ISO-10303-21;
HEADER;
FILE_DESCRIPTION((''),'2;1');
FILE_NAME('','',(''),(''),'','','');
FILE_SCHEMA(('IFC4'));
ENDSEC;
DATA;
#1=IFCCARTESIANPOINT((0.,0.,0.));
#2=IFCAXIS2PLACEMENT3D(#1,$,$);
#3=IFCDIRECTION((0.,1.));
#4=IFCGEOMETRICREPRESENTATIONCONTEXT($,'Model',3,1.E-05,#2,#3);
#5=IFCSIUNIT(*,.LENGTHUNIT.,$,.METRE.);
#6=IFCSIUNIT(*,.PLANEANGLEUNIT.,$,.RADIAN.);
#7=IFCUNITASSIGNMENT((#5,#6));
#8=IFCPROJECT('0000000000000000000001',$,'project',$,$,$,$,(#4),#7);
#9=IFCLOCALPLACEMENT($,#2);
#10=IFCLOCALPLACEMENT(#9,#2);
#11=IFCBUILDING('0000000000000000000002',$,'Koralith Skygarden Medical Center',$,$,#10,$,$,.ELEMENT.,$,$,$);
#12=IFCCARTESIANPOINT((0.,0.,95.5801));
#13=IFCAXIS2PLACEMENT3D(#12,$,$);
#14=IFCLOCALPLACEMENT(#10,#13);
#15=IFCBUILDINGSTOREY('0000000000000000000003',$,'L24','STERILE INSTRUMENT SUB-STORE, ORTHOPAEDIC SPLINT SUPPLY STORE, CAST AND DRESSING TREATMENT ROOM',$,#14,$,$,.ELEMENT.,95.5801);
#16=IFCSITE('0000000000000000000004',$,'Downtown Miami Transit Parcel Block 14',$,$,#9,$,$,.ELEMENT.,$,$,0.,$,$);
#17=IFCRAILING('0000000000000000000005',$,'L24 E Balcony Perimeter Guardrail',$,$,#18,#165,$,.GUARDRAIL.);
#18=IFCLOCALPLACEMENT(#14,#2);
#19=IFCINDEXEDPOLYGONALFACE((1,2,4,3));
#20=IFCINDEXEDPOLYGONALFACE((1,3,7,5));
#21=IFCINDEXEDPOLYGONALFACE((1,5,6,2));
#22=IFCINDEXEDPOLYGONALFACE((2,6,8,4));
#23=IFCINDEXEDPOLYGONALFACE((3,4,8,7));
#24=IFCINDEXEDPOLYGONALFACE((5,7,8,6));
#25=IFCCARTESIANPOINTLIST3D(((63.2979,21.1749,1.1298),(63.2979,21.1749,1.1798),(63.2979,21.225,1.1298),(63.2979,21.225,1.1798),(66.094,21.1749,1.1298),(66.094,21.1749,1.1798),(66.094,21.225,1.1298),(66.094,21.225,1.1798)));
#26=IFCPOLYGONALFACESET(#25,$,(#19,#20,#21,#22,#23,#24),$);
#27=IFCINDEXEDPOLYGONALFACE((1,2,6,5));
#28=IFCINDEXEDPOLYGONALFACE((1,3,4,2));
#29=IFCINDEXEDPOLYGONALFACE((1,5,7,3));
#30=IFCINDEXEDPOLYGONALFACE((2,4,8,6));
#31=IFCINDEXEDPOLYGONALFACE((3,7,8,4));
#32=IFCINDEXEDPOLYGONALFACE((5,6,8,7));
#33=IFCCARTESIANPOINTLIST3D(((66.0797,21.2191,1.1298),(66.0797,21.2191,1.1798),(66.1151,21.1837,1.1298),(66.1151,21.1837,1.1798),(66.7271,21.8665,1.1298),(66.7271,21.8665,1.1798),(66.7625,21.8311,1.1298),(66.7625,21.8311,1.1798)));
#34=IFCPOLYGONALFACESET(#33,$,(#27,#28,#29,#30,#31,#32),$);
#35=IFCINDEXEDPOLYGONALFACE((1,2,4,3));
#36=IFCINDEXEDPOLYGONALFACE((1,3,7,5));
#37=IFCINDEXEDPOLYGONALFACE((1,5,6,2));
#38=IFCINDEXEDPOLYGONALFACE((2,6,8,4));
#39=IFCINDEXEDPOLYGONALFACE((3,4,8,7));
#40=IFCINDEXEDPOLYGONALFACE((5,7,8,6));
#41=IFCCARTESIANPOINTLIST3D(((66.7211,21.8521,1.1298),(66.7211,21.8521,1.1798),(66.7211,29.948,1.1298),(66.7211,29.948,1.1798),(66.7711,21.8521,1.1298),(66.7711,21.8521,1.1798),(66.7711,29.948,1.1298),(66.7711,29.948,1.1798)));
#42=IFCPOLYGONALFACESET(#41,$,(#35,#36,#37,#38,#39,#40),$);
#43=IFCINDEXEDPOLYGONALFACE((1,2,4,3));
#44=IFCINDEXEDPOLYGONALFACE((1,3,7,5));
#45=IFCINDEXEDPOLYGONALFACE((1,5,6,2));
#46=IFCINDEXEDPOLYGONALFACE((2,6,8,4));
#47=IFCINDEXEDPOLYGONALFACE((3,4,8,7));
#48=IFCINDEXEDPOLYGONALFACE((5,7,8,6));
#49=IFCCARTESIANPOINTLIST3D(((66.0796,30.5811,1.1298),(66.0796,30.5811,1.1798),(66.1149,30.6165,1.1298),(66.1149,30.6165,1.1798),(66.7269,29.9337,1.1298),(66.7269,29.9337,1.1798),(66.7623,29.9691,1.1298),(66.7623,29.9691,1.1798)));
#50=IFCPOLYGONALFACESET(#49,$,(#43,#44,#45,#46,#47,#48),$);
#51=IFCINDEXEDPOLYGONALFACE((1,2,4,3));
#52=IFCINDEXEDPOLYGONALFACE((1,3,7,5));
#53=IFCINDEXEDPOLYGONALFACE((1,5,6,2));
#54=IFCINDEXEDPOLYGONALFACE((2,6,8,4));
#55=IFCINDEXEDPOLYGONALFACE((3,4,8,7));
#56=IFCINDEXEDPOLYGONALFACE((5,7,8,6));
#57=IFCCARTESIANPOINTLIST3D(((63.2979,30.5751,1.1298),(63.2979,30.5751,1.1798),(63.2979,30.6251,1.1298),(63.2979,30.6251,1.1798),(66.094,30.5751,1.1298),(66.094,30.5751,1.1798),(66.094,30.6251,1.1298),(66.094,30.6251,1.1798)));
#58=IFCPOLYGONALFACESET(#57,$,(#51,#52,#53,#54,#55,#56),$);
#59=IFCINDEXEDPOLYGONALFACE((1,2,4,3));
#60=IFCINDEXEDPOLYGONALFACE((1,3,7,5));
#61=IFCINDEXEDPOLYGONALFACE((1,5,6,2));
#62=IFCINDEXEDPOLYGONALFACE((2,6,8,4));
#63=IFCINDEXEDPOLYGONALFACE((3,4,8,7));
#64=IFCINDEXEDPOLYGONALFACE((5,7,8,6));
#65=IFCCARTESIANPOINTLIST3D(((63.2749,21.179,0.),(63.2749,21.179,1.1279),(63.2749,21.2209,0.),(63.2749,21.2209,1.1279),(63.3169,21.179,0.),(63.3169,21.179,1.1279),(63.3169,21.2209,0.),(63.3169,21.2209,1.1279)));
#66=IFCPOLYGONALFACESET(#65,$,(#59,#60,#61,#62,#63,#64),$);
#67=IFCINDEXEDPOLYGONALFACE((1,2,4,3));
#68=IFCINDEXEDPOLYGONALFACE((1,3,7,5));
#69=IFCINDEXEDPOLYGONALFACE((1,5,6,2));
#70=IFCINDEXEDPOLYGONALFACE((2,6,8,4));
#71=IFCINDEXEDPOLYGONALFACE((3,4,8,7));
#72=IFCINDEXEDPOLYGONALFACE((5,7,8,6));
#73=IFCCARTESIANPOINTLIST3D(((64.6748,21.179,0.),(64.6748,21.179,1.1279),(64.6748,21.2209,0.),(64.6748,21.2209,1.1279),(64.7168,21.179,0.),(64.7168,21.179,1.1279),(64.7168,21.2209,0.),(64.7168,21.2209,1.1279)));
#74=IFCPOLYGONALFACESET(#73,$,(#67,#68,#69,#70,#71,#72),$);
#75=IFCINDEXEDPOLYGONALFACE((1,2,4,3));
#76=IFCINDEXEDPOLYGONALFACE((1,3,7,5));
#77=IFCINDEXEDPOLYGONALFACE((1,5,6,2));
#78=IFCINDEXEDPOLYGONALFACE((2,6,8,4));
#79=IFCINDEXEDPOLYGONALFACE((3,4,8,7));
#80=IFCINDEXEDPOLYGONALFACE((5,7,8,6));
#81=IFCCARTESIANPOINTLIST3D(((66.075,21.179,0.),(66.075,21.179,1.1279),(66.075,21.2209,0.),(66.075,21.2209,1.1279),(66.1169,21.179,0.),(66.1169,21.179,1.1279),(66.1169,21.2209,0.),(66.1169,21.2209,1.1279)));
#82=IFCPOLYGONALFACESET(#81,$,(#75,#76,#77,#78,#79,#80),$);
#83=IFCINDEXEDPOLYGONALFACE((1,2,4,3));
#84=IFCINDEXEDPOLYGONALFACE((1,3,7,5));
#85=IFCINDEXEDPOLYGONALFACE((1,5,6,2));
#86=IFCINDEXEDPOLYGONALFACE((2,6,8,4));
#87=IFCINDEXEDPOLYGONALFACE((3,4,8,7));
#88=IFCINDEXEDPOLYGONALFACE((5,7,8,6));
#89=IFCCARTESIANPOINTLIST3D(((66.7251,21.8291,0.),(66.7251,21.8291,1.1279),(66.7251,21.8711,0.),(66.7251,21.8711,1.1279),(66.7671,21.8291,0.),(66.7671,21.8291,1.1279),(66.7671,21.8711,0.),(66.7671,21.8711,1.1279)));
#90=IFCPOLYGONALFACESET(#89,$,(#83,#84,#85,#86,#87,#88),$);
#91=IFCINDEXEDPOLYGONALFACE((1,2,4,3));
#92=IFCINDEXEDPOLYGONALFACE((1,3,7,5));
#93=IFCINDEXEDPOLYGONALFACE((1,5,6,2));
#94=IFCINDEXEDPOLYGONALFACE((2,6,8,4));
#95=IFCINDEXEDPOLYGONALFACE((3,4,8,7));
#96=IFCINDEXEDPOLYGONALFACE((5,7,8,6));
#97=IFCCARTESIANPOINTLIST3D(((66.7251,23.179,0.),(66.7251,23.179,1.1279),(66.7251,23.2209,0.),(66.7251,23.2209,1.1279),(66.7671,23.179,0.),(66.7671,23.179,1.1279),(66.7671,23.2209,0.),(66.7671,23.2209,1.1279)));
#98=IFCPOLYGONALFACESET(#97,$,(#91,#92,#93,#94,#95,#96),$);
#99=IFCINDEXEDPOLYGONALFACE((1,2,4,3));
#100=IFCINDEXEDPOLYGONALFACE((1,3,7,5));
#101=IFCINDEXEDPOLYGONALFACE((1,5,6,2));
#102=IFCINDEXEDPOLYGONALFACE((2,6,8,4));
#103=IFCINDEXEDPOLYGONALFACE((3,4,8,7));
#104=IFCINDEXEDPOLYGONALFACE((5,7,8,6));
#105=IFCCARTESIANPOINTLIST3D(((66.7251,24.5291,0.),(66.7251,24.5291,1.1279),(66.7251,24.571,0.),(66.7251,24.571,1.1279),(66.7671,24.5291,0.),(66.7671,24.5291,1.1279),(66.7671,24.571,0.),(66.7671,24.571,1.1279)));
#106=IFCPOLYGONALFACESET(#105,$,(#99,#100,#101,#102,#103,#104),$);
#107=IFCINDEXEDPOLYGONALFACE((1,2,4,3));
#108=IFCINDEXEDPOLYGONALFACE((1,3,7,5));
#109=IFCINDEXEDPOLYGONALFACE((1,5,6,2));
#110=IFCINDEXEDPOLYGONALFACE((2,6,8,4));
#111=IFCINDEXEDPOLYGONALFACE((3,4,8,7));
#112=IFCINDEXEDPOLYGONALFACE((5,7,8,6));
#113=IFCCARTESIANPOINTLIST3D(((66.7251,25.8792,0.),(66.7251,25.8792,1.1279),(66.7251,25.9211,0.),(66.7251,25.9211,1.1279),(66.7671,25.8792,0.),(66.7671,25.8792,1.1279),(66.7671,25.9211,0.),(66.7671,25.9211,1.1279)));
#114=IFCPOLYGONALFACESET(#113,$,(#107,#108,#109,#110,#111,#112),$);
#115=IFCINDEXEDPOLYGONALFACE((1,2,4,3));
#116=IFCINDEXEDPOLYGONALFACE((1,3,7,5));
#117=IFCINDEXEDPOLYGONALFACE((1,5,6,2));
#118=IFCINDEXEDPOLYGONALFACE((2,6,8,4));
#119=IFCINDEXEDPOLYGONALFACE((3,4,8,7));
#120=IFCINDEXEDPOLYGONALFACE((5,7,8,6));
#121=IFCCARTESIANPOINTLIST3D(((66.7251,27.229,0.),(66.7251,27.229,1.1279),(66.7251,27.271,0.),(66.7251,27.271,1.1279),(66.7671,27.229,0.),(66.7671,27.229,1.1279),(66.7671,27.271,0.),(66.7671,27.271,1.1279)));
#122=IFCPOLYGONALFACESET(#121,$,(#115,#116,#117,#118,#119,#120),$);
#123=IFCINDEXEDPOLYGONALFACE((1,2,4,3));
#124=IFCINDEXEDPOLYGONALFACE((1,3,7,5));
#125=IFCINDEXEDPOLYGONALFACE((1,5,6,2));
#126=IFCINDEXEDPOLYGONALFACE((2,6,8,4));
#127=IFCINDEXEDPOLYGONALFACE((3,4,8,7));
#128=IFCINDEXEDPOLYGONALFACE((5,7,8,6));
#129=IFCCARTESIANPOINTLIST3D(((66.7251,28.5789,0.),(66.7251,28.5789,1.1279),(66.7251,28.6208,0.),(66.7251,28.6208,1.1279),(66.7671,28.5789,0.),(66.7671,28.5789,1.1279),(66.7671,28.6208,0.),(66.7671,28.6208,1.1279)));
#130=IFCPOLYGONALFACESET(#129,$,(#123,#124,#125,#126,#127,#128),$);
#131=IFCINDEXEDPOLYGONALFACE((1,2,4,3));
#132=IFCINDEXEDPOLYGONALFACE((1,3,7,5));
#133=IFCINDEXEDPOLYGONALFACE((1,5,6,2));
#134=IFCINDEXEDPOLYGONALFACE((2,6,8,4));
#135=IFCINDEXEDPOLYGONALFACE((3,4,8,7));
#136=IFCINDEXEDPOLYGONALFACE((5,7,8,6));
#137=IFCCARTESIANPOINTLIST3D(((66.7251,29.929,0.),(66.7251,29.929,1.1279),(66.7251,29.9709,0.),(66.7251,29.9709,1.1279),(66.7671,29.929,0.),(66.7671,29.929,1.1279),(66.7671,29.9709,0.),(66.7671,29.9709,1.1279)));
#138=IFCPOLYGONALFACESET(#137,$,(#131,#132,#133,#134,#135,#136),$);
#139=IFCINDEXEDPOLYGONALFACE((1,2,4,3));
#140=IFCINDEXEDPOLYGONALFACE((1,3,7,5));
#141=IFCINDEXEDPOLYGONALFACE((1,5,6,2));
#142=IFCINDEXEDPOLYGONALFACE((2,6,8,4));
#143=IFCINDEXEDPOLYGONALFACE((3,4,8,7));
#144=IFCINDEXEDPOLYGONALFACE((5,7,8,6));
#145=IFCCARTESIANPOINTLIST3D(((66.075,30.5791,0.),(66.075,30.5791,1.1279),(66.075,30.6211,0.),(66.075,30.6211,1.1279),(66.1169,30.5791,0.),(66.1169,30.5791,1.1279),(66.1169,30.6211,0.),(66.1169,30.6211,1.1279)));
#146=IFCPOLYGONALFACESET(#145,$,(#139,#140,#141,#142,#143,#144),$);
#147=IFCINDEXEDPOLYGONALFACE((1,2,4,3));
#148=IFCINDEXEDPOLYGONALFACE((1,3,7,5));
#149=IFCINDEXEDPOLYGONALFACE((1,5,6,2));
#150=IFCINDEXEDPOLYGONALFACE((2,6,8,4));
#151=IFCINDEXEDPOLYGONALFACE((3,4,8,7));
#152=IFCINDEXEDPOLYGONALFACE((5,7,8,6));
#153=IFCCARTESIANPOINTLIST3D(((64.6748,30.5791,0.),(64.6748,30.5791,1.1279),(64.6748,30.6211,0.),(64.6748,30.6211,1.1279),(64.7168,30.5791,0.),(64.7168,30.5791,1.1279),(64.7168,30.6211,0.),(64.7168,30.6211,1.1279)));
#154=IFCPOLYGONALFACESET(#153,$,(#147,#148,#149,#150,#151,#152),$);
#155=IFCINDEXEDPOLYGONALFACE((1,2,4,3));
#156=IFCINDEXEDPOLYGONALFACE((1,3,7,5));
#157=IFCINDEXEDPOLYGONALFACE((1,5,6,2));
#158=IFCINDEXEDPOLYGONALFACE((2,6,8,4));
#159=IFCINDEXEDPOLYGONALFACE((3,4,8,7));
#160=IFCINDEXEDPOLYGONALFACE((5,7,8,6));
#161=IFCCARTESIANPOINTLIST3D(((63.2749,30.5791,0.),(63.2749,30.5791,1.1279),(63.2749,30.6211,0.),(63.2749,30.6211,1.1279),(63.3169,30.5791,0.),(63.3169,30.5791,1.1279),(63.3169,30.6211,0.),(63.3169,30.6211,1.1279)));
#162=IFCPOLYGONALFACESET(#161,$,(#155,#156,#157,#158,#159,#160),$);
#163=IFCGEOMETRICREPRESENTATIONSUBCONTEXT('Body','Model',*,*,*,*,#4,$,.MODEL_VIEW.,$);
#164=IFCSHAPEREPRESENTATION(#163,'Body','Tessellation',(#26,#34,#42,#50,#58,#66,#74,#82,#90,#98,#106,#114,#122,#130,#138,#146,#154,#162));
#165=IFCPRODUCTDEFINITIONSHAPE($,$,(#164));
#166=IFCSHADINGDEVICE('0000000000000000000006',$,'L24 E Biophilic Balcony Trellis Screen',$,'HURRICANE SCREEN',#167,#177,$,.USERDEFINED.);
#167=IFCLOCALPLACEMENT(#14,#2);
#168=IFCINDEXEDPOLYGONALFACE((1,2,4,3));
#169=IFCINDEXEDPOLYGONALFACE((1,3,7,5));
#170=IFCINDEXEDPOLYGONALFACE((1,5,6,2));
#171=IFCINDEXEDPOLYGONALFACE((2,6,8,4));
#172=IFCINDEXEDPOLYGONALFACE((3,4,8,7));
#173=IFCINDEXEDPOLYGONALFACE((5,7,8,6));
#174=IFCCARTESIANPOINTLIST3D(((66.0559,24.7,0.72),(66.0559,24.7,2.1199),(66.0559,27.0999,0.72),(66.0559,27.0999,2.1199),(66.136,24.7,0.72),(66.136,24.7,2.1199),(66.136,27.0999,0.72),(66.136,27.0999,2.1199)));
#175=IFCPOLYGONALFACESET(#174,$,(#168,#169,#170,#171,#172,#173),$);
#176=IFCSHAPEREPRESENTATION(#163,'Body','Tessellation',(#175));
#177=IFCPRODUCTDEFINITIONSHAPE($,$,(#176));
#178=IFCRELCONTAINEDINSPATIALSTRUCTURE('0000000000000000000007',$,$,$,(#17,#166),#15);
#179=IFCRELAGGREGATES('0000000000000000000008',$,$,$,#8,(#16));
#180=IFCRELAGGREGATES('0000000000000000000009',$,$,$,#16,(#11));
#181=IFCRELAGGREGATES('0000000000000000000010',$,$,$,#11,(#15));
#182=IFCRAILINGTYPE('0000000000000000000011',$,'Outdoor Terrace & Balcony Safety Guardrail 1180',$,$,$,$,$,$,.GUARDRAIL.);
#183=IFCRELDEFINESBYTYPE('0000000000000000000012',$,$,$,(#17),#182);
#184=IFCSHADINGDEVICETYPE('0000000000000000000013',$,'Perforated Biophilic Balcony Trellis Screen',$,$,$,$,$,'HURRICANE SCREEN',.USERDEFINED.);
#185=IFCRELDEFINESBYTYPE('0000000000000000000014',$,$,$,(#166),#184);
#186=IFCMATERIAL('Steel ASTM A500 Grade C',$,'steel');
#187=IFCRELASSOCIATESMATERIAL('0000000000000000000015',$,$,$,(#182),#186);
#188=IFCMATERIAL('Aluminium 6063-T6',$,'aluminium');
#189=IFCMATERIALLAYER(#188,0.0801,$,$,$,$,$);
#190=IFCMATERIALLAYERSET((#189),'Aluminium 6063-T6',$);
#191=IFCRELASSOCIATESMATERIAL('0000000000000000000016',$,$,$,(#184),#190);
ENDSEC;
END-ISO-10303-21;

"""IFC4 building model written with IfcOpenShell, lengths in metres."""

from ifc_helpers import new_model, si_unit, direction, frame, origin, origin_2d, place, context, subcontext, project, spatial, rectangle, extrude, material, layer, layer_set, type_object, element, save


model = new_model("IFC4")

# Units and contexts
model_context = context("Model", 3, precision=1e-05, world=origin(), true_north=direction((0.0, 1.0)))
body_context = subcontext(model_context, "Body", "Model", "MODEL_VIEW")
ifc_project = project(units=[si_unit("LENGTHUNIT", "METRE"), si_unit("PLANEANGLEUNIT", "RADIAN")], contexts=[model_context])

# Site, building, storey
site_placement = place(None, origin())
site = spatial("IfcSite", under=ifc_project, at=site_placement, Name="Downtown Miami Transit Parcel Block 14", CompositionType="ELEMENT", RefElevation=0.0)
building_placement = place(site_placement, origin())
building = spatial("IfcBuilding", under=site, at=building_placement, Name="Koralith Skygarden Medical Center", CompositionType="ELEMENT")
storey_placement = place(building_placement, frame((0.0, 0.0, 95.5801)))
storey = spatial("IfcBuildingStorey", under=building, at=storey_placement, Name="L24", Description="STERILE INSTRUMENT SUB-STORE, ORTHOPAEDIC SPLINT SUPPLY STORE, CAST AND DRESSING TREATMENT ROOM", CompositionType="ELEMENT", Elevation=95.5801)

# Shared definitions
ifc_material_1 = material(Name="Aluminium 6063-T6", Category="aluminium")

# Railing
ifc_material_2 = material(Name="Steel ASTM A500 Grade C", Category="steel")
railing_type = type_object("IfcRailingType", Name="Outdoor Terrace & Balcony Safety Guardrail 1180", PredefinedType="GUARDRAIL", material=ifc_material_2)
railing_placement = place(storey_placement, frame((63.2959, 21.2, 0.0)))
element("IfcRailing", 1, at=railing_placement, inside=storey, type_object=railing_type, Name="L24 E Balcony Perimeter Guardrail", PredefinedType="GUARDRAIL", context=body_context, shape_type="SweptSolid", body=[
    extrude(rectangle(XDim=0.05, YDim=0.05, at=origin_2d()), frame((0.002, 0.0, 1.1548), z_axis=(1.0, 0.0, 0.0), x_axis=(0.0, 1.0, 0.0)), (0.0, 0.0, 1.0), 2.7961),
    extrude(rectangle(XDim=0.05, YDim=0.05, at=origin_2d()), frame((2.8015, 0.0015, 1.1548), z_axis=(0.707107, 0.707107, 0.0), x_axis=(-0.707107, 0.707107, 0.0)), (0.0, 0.0, 1.0), 0.9155),
    extrude(rectangle(XDim=0.05, YDim=0.05, at=origin_2d()), frame((3.4502, 0.6521, 1.1548), z_axis=(0.0, 1.0, 0.0), x_axis=(-1.0, 0.0, 0.0)), (0.0, 0.0, 1.0), 8.0959),
    extrude(rectangle(XDim=0.05, YDim=0.05, at=origin_2d()), frame((3.4487, 8.7515, 1.1548), z_axis=(-0.707107, 0.707107, 0.0), x_axis=(-0.707107, -0.707107, 0.0)), (0.0, 0.0, 1.0), 0.9155),
    extrude(rectangle(XDim=0.05, YDim=0.05, at=origin_2d()), frame((2.7981, 9.4001, 1.1548), z_axis=(-1.0, 0.0, 0.0), x_axis=(0.0, -1.0, 0.0)), (0.0, 0.0, 1.0), 2.7961),
    extrude(rectangle(XDim=0.042, YDim=0.042, at=origin_2d()), origin(), (0.0, 0.0, 1.0), 1.1279),
    extrude(rectangle(XDim=0.042, YDim=0.042, at=origin_2d()), frame((1.3999, 0.0, 0.0)), (0.0, 0.0, 1.0), 1.1279),
    extrude(rectangle(XDim=0.042, YDim=0.042, at=origin_2d()), frame((2.8, 0.0, 0.0)), (0.0, 0.0, 1.0), 1.1279),
    extrude(rectangle(XDim=0.042, YDim=0.042, at=origin_2d()), frame((3.4502, 0.6501, 0.0)), (0.0, 0.0, 1.0), 1.1279),
    extrude(rectangle(XDim=0.042, YDim=0.042, at=origin_2d()), frame((3.4502, 2.0, 0.0)), (0.0, 0.0, 1.0), 1.1279),
    extrude(rectangle(XDim=0.042, YDim=0.042, at=origin_2d()), frame((3.4502, 3.3501, 0.0)), (0.0, 0.0, 1.0), 1.1279),
    extrude(rectangle(XDim=0.042, YDim=0.042, at=origin_2d()), frame((3.4502, 4.7002, 0.0)), (0.0, 0.0, 1.0), 1.1279),
    extrude(rectangle(XDim=0.042, YDim=0.042, at=origin_2d()), frame((3.4502, 6.05, 0.0)), (0.0, 0.0, 1.0), 1.1279),
    extrude(rectangle(XDim=0.042, YDim=0.042, at=origin_2d()), frame((3.4502, 7.3999, 0.0)), (0.0, 0.0, 1.0), 1.1279),
    extrude(rectangle(XDim=0.042, YDim=0.042, at=origin_2d()), frame((3.4502, 8.75, 0.0)), (0.0, 0.0, 1.0), 1.1279),
    extrude(rectangle(XDim=0.042, YDim=0.042, at=origin_2d()), frame((2.8, 9.4001, 0.0)), (0.0, 0.0, 1.0), 1.1279),
    extrude(rectangle(XDim=0.042, YDim=0.042, at=origin_2d()), frame((1.3999, 9.4001, 0.0)), (0.0, 0.0, 1.0), 1.1279),
    extrude(rectangle(XDim=0.042, YDim=0.042, at=origin_2d()), frame((0.0, 9.4001, 0.0)), (0.0, 0.0, 1.0), 1.1279),
])

# Shading device
ifc_layer_1 = layer(ifc_material_1, 0.0801)
ifc_layer_set_1 = layer_set([ifc_layer_1], Name="Aluminium 6063-T6")
shading_device_type = type_object("IfcShadingDeviceType", Name="Perforated Biophilic Balcony Trellis Screen", ElementType="HURRICANE SCREEN", PredefinedType="USERDEFINED", material=ifc_layer_set_1)
shading_device_placement = place(storey_placement, frame((66.0959, 25.8999, 0.72), z_axis=(0.0, 0.0, 1.0), x_axis=(0.0, 1.0, 0.0)))
element("IfcShadingDevice", 2, at=shading_device_placement, inside=storey, type_object=shading_device_type, Name="L24 E Biophilic Balcony Trellis Screen", ObjectType="HURRICANE SCREEN", PredefinedType="USERDEFINED", context=body_context, shape_type="SweptSolid", body=[
    extrude(rectangle(XDim=2.3999, YDim=0.0801, at=origin_2d()), origin(), (0.0, 0.0, 1.0), 1.3999),
])

save(model, "model.ifc")
